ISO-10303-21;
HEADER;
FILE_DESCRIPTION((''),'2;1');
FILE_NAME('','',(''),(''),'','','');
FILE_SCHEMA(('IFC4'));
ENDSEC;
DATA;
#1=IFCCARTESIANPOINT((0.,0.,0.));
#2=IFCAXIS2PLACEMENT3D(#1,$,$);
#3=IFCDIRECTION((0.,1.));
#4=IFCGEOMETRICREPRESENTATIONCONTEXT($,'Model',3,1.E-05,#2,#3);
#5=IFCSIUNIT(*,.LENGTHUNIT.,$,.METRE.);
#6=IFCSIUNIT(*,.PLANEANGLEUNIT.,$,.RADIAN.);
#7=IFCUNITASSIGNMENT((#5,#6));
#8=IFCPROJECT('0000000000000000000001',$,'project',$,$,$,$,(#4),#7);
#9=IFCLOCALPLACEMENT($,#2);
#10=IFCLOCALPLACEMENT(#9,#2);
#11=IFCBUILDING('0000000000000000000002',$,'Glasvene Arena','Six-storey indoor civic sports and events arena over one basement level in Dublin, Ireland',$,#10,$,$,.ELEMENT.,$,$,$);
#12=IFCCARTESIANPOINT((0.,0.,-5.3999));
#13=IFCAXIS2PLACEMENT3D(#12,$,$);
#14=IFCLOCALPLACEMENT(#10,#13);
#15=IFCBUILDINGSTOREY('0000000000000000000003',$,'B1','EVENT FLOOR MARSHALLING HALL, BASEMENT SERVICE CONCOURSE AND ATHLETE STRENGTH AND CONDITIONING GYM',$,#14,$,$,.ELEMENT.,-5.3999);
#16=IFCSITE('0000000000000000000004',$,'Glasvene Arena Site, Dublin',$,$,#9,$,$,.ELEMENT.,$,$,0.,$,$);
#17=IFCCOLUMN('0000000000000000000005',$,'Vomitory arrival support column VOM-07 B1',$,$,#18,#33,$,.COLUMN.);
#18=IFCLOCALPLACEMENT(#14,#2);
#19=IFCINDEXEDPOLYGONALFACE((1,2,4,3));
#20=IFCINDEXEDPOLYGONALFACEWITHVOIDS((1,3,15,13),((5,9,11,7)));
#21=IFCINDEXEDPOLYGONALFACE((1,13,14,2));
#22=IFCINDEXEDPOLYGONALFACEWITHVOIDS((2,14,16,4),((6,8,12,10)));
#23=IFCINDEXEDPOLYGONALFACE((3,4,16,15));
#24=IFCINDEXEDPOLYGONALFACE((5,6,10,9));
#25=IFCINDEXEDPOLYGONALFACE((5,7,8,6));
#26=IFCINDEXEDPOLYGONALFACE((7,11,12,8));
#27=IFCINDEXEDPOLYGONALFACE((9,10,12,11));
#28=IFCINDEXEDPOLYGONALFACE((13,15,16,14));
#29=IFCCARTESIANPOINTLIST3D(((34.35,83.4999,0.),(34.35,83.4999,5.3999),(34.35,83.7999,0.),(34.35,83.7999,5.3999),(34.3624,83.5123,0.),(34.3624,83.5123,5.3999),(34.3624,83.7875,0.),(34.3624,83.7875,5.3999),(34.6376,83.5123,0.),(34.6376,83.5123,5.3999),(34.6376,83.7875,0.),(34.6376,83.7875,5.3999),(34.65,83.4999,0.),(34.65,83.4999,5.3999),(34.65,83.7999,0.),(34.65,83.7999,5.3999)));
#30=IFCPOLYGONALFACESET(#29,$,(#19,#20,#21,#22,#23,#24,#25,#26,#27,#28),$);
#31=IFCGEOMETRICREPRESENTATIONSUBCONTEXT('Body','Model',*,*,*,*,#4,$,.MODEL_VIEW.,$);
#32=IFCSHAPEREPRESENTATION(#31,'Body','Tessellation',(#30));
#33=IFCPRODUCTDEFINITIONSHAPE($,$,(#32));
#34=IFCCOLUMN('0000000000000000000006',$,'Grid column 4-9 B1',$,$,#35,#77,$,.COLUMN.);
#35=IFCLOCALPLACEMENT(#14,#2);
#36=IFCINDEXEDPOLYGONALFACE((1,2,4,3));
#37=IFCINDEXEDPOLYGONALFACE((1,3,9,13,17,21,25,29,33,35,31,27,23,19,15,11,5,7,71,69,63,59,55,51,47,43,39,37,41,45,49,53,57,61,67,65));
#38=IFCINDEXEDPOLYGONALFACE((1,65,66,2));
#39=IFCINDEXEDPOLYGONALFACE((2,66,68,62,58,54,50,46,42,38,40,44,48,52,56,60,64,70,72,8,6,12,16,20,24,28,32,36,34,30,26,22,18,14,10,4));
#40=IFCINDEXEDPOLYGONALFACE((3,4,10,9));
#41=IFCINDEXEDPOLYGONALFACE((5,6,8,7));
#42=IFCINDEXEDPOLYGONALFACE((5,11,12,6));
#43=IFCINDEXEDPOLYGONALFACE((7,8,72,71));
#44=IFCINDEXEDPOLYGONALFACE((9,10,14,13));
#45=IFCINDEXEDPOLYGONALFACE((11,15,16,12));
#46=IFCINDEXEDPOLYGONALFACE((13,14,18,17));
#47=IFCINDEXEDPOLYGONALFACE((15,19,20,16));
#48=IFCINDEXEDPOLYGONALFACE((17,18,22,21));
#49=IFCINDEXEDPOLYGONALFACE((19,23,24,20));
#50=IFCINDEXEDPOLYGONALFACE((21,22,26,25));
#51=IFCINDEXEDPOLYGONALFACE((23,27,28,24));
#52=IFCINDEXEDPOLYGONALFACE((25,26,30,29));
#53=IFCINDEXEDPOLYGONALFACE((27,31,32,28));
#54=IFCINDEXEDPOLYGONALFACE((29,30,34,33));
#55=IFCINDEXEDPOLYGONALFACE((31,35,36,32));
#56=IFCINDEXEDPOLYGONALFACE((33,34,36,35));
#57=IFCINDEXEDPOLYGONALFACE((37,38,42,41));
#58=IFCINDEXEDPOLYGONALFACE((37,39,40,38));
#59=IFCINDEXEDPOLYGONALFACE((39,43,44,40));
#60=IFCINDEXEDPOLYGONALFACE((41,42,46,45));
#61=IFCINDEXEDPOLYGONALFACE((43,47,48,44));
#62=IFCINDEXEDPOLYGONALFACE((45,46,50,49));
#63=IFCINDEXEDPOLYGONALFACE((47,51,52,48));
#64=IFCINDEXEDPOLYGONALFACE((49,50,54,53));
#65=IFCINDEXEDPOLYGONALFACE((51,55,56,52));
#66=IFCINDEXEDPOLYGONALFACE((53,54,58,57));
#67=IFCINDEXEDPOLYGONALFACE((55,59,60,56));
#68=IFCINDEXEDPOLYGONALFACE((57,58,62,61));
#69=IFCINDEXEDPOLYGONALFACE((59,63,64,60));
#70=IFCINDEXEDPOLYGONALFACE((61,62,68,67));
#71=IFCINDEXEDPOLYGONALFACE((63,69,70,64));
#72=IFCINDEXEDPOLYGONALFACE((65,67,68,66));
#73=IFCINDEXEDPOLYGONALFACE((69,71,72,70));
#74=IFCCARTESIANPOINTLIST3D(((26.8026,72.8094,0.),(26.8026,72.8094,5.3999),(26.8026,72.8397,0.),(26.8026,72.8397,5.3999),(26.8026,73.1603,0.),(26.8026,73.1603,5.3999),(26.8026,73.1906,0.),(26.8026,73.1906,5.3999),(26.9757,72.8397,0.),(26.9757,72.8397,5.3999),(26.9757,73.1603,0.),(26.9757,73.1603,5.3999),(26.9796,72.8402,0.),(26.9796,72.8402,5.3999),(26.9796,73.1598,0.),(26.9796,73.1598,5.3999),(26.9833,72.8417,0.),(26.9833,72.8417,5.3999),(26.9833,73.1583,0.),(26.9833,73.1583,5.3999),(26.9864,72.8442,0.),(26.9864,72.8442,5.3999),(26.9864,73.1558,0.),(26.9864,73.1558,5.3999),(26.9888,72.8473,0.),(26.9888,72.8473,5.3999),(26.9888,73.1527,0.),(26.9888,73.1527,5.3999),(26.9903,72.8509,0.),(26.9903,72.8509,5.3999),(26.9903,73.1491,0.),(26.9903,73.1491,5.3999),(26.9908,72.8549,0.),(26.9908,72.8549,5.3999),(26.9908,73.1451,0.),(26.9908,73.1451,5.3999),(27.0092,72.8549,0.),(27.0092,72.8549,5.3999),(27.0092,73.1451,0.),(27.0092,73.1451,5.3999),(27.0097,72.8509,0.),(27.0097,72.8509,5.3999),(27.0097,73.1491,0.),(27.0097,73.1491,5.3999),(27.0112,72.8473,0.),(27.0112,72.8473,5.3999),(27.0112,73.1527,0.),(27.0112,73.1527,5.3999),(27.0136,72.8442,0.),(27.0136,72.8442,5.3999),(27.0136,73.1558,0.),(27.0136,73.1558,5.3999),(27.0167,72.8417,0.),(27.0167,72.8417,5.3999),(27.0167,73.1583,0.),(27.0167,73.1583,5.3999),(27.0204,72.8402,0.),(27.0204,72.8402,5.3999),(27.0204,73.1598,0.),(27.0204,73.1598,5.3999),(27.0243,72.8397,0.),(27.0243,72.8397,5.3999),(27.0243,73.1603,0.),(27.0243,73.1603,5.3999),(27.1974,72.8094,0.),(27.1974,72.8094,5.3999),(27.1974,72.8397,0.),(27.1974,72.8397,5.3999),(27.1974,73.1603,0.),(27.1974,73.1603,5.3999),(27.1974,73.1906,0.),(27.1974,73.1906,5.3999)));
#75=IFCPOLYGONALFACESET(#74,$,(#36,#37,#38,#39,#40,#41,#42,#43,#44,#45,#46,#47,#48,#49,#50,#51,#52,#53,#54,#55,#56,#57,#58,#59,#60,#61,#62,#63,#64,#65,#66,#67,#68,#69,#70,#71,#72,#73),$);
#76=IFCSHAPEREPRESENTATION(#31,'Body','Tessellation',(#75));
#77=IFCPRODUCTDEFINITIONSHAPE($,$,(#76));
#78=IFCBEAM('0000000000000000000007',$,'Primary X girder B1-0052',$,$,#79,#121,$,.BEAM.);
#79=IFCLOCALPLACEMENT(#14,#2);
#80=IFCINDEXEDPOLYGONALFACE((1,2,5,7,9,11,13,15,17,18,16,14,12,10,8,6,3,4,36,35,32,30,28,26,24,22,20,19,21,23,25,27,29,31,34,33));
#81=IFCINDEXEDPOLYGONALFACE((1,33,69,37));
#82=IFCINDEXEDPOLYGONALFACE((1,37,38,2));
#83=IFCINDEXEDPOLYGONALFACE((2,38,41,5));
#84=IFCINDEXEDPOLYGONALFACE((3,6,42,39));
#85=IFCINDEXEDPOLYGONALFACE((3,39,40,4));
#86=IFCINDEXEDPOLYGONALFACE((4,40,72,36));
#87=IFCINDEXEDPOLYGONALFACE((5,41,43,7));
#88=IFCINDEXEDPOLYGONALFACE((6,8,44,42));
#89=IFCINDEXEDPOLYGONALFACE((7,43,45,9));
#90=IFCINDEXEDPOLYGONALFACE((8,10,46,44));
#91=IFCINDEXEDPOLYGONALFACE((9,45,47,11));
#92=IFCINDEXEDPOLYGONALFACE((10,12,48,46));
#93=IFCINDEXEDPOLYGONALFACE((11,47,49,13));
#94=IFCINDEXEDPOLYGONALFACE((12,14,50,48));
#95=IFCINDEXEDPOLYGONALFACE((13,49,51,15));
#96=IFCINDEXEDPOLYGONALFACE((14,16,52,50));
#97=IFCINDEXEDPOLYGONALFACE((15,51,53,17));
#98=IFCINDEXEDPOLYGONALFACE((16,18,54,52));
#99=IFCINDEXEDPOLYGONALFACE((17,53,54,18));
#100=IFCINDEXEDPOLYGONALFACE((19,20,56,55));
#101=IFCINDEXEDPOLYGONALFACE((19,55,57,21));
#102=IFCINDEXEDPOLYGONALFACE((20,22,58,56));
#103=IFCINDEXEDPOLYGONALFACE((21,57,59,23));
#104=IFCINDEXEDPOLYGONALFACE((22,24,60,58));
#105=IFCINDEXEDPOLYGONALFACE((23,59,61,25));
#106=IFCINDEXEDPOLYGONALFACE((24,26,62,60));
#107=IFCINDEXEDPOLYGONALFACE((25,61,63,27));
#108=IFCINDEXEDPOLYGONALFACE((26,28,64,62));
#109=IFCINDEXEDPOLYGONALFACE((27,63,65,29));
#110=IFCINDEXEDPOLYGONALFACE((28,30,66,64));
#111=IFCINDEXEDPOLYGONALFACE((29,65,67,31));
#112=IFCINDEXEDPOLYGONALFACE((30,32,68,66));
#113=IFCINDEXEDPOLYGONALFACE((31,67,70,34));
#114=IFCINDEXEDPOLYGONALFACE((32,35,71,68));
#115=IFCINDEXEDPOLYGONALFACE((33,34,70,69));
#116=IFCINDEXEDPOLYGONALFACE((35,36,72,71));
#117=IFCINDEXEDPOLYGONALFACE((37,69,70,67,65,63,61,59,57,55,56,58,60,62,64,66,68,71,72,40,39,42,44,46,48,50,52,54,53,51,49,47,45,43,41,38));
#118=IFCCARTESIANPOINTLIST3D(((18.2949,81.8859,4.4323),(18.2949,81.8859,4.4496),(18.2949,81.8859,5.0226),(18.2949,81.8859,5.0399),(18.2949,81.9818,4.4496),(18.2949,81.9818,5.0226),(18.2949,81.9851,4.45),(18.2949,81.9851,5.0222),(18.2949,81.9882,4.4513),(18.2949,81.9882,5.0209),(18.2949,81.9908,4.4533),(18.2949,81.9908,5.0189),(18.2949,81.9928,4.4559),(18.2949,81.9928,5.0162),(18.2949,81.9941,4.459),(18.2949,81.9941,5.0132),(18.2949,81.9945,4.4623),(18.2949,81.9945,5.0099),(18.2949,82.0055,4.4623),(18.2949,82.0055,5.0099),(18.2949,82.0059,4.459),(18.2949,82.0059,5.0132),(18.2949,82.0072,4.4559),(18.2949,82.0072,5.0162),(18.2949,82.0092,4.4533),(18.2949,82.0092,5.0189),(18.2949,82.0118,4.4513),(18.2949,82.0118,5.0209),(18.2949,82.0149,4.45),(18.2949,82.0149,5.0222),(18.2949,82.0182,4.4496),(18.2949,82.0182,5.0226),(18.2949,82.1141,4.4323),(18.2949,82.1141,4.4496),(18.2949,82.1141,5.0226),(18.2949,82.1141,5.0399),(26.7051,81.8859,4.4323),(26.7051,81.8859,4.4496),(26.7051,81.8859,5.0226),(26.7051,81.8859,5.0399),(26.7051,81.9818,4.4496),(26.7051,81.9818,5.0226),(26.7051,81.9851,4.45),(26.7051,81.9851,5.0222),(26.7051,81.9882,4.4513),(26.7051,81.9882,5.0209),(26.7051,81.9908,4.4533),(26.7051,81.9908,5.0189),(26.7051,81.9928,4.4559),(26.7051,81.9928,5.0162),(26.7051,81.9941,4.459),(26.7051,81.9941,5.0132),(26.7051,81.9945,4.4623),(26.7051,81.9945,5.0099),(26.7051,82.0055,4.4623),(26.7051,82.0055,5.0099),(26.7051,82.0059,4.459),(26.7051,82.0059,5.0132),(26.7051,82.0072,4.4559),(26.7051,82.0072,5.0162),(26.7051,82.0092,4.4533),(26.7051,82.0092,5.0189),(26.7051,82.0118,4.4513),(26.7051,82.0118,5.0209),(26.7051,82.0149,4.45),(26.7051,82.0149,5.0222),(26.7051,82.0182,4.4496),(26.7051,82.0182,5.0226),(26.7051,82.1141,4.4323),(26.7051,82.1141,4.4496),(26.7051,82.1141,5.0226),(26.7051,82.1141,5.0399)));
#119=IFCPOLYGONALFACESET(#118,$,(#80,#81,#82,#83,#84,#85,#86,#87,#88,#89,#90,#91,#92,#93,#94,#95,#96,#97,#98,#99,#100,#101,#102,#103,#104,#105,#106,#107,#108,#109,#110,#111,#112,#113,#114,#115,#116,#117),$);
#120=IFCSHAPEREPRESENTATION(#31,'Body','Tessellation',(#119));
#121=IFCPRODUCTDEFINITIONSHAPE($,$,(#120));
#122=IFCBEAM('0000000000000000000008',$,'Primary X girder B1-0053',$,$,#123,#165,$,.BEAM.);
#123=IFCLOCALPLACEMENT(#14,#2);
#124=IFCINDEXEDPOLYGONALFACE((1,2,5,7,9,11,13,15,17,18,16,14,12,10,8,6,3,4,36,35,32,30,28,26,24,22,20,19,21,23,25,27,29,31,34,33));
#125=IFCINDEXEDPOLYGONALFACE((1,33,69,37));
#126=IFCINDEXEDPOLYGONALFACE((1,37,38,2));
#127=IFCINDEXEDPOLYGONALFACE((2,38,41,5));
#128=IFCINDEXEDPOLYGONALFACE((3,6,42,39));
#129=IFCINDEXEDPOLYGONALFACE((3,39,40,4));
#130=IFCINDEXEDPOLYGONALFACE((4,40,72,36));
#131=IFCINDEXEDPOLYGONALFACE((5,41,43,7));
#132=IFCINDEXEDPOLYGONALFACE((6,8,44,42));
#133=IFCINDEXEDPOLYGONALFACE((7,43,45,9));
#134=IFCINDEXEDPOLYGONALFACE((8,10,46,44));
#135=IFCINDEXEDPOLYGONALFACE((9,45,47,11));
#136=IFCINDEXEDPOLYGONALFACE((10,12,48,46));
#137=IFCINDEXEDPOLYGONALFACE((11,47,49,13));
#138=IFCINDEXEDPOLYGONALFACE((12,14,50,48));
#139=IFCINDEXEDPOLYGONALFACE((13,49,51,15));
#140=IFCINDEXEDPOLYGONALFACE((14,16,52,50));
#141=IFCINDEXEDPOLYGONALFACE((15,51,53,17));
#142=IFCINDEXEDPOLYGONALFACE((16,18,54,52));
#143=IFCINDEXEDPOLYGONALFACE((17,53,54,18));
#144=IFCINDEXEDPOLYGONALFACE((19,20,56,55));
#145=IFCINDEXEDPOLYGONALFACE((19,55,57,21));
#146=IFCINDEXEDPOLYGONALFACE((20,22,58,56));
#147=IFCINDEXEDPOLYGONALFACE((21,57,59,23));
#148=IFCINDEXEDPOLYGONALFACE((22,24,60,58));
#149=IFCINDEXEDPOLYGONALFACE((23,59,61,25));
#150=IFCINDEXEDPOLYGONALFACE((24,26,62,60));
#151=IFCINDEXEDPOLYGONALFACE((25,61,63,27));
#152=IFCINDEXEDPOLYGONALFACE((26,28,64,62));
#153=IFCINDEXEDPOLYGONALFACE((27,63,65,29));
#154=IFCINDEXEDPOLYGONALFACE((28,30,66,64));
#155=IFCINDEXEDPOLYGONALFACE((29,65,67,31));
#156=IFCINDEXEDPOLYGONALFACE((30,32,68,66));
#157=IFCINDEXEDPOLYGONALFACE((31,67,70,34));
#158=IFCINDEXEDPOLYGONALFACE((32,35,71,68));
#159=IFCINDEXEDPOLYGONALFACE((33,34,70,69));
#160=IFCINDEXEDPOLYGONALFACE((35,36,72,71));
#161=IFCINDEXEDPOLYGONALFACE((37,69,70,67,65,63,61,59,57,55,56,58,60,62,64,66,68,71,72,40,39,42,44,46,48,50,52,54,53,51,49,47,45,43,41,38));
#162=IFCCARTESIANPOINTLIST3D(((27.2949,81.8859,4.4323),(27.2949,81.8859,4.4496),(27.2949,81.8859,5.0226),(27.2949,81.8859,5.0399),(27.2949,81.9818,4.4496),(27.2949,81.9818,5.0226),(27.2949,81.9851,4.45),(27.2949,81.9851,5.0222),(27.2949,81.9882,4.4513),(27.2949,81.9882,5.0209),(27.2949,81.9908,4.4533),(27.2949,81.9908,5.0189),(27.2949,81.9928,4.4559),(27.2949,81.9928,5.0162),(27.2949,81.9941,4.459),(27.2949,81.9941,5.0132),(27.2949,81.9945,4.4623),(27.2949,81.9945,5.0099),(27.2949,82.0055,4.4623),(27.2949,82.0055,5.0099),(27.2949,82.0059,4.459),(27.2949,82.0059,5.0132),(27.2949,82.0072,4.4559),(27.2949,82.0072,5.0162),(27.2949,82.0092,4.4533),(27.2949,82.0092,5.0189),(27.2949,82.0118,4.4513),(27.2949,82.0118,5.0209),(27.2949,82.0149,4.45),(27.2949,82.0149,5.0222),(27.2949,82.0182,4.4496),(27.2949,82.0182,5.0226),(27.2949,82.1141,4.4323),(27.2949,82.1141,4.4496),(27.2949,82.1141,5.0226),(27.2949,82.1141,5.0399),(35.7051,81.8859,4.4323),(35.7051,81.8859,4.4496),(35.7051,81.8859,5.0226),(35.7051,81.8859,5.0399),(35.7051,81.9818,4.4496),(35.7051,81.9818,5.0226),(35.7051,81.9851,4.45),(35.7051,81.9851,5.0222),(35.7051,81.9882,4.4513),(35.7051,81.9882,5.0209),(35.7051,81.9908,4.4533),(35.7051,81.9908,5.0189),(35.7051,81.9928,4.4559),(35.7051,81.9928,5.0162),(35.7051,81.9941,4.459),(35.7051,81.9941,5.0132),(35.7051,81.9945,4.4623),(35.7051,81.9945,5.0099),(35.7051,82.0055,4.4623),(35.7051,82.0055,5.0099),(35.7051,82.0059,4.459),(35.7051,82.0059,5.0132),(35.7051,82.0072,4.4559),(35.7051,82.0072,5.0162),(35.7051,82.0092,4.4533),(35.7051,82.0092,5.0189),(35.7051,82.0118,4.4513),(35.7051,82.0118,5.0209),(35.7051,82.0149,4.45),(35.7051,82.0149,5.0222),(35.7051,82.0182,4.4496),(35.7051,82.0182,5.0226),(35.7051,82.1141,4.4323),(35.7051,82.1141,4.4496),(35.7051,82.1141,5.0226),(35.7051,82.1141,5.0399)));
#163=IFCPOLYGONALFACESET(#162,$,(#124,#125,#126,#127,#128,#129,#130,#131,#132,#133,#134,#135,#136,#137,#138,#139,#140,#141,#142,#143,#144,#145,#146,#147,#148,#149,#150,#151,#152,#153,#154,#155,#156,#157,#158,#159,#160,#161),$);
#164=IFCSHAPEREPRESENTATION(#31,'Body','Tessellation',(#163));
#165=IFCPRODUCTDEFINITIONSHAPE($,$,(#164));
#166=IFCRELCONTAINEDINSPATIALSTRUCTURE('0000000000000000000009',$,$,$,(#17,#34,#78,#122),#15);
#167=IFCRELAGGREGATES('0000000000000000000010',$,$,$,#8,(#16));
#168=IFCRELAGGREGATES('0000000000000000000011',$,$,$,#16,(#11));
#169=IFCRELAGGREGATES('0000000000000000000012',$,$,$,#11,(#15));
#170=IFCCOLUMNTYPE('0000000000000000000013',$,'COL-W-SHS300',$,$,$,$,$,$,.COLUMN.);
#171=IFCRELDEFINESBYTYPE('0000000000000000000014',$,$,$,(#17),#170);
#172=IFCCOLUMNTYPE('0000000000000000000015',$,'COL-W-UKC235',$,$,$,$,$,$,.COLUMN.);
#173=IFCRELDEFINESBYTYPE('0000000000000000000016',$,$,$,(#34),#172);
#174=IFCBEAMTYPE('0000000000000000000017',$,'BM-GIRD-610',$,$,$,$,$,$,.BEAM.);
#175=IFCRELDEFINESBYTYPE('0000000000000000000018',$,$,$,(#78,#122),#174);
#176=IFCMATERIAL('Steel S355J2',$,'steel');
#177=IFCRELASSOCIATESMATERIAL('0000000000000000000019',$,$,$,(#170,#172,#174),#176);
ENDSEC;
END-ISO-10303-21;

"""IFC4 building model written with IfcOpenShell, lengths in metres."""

from ifc_helpers import new_model, si_unit, direction, frame, origin, origin_2d, place, context, subcontext, project, spatial, hollow_rectangle, i_section, extrude, material, material_profile, profile_set, type_object, element, save


model = new_model("IFC4")

# Units and contexts
model_context = context("Model", 3, precision=1e-05, world=origin(), true_north=direction((0.0, 1.0)))
body_context = subcontext(model_context, "Body", "Model", "MODEL_VIEW")
ifc_project = project(units=[si_unit("LENGTHUNIT", "METRE"), si_unit("PLANEANGLEUNIT", "RADIAN")], contexts=[model_context])

# Site, building, storey
site_placement = place(None, origin())
site = spatial("IfcSite", under=ifc_project, at=site_placement, Name="Glasvene Arena Site, Dublin", CompositionType="ELEMENT", RefElevation=0.0)
building_placement = place(site_placement, origin())
building = spatial("IfcBuilding", under=site, at=building_placement, Name="Glasvene Arena", Description="Six-storey indoor civic sports and events arena over one basement level in Dublin, Ireland", CompositionType="ELEMENT")
storey_placement = place(building_placement, frame((0.0, 0.0, -5.3999)))
storey = spatial("IfcBuildingStorey", under=building, at=storey_placement, Name="B1", Description="EVENT FLOOR MARSHALLING HALL, BASEMENT SERVICE CONCOURSE AND ATHLETE STRENGTH AND CONDITIONING GYM", CompositionType="ELEMENT", Elevation=-5.3999)

# Columns
ifc_material_1 = material(Name="Steel S355J2", Category="steel")
ifc_material_profile_1 = material_profile(ifc_material_1, hollow_rectangle(XDim=0.3, YDim=0.3, WallThickness=0.0125, at=origin_2d()), Name="SHS 300x300x12.5")
ifc_profile_set_1 = profile_set([ifc_material_profile_1], Name="Steel S355J2")
column_type_1 = type_object("IfcColumnType", Name="COL-W-SHS300", PredefinedType="COLUMN", material=ifc_profile_set_1)
column_1_placement = place(storey_placement, frame((34.5, 83.6499, 0.0), z_axis=(0.0, 0.0, 1.0), x_axis=(1.0, 0.0, 0.0)))
element("IfcColumn", 1, at=column_1_placement, inside=storey, type_object=column_type_1, Name="Vomitory arrival support column VOM-07 B1", PredefinedType="COLUMN", context=body_context, shape_type="SweptSolid", body=[
    extrude(hollow_rectangle(XDim=0.3, YDim=0.3, WallThickness=0.0125, at=origin_2d()), origin(), (0.0, 0.0, 1.0), 5.3999),
])
ifc_material_profile_2 = material_profile(ifc_material_1, i_section(OverallWidth=0.3948, OverallDepth=0.3811, WebThickness=0.0183, FlangeThickness=0.0303, FilletRadius=0.0151, at=origin_2d()), Name="UKC 356x406x235")
ifc_profile_set_2 = profile_set([ifc_material_profile_2], Name="Steel S355J2")
column_type_2 = type_object("IfcColumnType", Name="COL-W-UKC235", PredefinedType="COLUMN", material=ifc_profile_set_2)
column_2_placement = place(storey_placement, frame((27.0, 73.0, 0.0), z_axis=(0.0, 0.0, 1.0), x_axis=(1.0, 0.0, 0.0)))
element("IfcColumn", 2, at=column_2_placement, inside=storey, type_object=column_type_2, Name="Grid column 4-9 B1", PredefinedType="COLUMN", context=body_context, shape_type="SweptSolid", body=[
    extrude(i_section(OverallWidth=0.3948, OverallDepth=0.3811, WebThickness=0.0183, FlangeThickness=0.0303, FilletRadius=0.0151, at=origin_2d()), origin(), (0.0, 0.0, 1.0), 5.3999),
])

# Beams
ifc_material_profile_3 = material_profile(ifc_material_1, i_section(OverallWidth=0.2283, OverallDepth=0.6077, WebThickness=0.011, FlangeThickness=0.0173, FilletRadius=0.0127, at=origin_2d()), Name="UKB 610x229x113")
ifc_profile_set_3 = profile_set([ifc_material_profile_3], Name="Steel S355J2")
beam_type_1 = type_object("IfcBeamType", Name="BM-GIRD-610", PredefinedType="BEAM", material=ifc_profile_set_3)
for number, where, z_axis, x_axis, name in (
    (3, (18.2949, 82.0, 4.7361), (1.0, 0.0, 0.0), (0.0, 1.0, 0.0), "Primary X girder B1-0052"),
    (4, (27.2949, 82.0, 4.7361), (1.0, 0.0, 0.0), (0.0, 1.0, 0.0), "Primary X girder B1-0053"),
):
    element("IfcBeam", number, at=place(storey_placement, frame(where, z_axis=z_axis, x_axis=x_axis)), inside=storey, type_object=beam_type_1, Name=name, PredefinedType="BEAM", context=body_context, shape_type="SweptSolid", body=[
        extrude(i_section(OverallWidth=0.2283, OverallDepth=0.6077, WebThickness=0.011, FlangeThickness=0.0173, FilletRadius=0.0127, at=origin_2d()), origin(), (0.0, 0.0, 1.0), 8.4102),
    ])

save(model, "model.ifc")
